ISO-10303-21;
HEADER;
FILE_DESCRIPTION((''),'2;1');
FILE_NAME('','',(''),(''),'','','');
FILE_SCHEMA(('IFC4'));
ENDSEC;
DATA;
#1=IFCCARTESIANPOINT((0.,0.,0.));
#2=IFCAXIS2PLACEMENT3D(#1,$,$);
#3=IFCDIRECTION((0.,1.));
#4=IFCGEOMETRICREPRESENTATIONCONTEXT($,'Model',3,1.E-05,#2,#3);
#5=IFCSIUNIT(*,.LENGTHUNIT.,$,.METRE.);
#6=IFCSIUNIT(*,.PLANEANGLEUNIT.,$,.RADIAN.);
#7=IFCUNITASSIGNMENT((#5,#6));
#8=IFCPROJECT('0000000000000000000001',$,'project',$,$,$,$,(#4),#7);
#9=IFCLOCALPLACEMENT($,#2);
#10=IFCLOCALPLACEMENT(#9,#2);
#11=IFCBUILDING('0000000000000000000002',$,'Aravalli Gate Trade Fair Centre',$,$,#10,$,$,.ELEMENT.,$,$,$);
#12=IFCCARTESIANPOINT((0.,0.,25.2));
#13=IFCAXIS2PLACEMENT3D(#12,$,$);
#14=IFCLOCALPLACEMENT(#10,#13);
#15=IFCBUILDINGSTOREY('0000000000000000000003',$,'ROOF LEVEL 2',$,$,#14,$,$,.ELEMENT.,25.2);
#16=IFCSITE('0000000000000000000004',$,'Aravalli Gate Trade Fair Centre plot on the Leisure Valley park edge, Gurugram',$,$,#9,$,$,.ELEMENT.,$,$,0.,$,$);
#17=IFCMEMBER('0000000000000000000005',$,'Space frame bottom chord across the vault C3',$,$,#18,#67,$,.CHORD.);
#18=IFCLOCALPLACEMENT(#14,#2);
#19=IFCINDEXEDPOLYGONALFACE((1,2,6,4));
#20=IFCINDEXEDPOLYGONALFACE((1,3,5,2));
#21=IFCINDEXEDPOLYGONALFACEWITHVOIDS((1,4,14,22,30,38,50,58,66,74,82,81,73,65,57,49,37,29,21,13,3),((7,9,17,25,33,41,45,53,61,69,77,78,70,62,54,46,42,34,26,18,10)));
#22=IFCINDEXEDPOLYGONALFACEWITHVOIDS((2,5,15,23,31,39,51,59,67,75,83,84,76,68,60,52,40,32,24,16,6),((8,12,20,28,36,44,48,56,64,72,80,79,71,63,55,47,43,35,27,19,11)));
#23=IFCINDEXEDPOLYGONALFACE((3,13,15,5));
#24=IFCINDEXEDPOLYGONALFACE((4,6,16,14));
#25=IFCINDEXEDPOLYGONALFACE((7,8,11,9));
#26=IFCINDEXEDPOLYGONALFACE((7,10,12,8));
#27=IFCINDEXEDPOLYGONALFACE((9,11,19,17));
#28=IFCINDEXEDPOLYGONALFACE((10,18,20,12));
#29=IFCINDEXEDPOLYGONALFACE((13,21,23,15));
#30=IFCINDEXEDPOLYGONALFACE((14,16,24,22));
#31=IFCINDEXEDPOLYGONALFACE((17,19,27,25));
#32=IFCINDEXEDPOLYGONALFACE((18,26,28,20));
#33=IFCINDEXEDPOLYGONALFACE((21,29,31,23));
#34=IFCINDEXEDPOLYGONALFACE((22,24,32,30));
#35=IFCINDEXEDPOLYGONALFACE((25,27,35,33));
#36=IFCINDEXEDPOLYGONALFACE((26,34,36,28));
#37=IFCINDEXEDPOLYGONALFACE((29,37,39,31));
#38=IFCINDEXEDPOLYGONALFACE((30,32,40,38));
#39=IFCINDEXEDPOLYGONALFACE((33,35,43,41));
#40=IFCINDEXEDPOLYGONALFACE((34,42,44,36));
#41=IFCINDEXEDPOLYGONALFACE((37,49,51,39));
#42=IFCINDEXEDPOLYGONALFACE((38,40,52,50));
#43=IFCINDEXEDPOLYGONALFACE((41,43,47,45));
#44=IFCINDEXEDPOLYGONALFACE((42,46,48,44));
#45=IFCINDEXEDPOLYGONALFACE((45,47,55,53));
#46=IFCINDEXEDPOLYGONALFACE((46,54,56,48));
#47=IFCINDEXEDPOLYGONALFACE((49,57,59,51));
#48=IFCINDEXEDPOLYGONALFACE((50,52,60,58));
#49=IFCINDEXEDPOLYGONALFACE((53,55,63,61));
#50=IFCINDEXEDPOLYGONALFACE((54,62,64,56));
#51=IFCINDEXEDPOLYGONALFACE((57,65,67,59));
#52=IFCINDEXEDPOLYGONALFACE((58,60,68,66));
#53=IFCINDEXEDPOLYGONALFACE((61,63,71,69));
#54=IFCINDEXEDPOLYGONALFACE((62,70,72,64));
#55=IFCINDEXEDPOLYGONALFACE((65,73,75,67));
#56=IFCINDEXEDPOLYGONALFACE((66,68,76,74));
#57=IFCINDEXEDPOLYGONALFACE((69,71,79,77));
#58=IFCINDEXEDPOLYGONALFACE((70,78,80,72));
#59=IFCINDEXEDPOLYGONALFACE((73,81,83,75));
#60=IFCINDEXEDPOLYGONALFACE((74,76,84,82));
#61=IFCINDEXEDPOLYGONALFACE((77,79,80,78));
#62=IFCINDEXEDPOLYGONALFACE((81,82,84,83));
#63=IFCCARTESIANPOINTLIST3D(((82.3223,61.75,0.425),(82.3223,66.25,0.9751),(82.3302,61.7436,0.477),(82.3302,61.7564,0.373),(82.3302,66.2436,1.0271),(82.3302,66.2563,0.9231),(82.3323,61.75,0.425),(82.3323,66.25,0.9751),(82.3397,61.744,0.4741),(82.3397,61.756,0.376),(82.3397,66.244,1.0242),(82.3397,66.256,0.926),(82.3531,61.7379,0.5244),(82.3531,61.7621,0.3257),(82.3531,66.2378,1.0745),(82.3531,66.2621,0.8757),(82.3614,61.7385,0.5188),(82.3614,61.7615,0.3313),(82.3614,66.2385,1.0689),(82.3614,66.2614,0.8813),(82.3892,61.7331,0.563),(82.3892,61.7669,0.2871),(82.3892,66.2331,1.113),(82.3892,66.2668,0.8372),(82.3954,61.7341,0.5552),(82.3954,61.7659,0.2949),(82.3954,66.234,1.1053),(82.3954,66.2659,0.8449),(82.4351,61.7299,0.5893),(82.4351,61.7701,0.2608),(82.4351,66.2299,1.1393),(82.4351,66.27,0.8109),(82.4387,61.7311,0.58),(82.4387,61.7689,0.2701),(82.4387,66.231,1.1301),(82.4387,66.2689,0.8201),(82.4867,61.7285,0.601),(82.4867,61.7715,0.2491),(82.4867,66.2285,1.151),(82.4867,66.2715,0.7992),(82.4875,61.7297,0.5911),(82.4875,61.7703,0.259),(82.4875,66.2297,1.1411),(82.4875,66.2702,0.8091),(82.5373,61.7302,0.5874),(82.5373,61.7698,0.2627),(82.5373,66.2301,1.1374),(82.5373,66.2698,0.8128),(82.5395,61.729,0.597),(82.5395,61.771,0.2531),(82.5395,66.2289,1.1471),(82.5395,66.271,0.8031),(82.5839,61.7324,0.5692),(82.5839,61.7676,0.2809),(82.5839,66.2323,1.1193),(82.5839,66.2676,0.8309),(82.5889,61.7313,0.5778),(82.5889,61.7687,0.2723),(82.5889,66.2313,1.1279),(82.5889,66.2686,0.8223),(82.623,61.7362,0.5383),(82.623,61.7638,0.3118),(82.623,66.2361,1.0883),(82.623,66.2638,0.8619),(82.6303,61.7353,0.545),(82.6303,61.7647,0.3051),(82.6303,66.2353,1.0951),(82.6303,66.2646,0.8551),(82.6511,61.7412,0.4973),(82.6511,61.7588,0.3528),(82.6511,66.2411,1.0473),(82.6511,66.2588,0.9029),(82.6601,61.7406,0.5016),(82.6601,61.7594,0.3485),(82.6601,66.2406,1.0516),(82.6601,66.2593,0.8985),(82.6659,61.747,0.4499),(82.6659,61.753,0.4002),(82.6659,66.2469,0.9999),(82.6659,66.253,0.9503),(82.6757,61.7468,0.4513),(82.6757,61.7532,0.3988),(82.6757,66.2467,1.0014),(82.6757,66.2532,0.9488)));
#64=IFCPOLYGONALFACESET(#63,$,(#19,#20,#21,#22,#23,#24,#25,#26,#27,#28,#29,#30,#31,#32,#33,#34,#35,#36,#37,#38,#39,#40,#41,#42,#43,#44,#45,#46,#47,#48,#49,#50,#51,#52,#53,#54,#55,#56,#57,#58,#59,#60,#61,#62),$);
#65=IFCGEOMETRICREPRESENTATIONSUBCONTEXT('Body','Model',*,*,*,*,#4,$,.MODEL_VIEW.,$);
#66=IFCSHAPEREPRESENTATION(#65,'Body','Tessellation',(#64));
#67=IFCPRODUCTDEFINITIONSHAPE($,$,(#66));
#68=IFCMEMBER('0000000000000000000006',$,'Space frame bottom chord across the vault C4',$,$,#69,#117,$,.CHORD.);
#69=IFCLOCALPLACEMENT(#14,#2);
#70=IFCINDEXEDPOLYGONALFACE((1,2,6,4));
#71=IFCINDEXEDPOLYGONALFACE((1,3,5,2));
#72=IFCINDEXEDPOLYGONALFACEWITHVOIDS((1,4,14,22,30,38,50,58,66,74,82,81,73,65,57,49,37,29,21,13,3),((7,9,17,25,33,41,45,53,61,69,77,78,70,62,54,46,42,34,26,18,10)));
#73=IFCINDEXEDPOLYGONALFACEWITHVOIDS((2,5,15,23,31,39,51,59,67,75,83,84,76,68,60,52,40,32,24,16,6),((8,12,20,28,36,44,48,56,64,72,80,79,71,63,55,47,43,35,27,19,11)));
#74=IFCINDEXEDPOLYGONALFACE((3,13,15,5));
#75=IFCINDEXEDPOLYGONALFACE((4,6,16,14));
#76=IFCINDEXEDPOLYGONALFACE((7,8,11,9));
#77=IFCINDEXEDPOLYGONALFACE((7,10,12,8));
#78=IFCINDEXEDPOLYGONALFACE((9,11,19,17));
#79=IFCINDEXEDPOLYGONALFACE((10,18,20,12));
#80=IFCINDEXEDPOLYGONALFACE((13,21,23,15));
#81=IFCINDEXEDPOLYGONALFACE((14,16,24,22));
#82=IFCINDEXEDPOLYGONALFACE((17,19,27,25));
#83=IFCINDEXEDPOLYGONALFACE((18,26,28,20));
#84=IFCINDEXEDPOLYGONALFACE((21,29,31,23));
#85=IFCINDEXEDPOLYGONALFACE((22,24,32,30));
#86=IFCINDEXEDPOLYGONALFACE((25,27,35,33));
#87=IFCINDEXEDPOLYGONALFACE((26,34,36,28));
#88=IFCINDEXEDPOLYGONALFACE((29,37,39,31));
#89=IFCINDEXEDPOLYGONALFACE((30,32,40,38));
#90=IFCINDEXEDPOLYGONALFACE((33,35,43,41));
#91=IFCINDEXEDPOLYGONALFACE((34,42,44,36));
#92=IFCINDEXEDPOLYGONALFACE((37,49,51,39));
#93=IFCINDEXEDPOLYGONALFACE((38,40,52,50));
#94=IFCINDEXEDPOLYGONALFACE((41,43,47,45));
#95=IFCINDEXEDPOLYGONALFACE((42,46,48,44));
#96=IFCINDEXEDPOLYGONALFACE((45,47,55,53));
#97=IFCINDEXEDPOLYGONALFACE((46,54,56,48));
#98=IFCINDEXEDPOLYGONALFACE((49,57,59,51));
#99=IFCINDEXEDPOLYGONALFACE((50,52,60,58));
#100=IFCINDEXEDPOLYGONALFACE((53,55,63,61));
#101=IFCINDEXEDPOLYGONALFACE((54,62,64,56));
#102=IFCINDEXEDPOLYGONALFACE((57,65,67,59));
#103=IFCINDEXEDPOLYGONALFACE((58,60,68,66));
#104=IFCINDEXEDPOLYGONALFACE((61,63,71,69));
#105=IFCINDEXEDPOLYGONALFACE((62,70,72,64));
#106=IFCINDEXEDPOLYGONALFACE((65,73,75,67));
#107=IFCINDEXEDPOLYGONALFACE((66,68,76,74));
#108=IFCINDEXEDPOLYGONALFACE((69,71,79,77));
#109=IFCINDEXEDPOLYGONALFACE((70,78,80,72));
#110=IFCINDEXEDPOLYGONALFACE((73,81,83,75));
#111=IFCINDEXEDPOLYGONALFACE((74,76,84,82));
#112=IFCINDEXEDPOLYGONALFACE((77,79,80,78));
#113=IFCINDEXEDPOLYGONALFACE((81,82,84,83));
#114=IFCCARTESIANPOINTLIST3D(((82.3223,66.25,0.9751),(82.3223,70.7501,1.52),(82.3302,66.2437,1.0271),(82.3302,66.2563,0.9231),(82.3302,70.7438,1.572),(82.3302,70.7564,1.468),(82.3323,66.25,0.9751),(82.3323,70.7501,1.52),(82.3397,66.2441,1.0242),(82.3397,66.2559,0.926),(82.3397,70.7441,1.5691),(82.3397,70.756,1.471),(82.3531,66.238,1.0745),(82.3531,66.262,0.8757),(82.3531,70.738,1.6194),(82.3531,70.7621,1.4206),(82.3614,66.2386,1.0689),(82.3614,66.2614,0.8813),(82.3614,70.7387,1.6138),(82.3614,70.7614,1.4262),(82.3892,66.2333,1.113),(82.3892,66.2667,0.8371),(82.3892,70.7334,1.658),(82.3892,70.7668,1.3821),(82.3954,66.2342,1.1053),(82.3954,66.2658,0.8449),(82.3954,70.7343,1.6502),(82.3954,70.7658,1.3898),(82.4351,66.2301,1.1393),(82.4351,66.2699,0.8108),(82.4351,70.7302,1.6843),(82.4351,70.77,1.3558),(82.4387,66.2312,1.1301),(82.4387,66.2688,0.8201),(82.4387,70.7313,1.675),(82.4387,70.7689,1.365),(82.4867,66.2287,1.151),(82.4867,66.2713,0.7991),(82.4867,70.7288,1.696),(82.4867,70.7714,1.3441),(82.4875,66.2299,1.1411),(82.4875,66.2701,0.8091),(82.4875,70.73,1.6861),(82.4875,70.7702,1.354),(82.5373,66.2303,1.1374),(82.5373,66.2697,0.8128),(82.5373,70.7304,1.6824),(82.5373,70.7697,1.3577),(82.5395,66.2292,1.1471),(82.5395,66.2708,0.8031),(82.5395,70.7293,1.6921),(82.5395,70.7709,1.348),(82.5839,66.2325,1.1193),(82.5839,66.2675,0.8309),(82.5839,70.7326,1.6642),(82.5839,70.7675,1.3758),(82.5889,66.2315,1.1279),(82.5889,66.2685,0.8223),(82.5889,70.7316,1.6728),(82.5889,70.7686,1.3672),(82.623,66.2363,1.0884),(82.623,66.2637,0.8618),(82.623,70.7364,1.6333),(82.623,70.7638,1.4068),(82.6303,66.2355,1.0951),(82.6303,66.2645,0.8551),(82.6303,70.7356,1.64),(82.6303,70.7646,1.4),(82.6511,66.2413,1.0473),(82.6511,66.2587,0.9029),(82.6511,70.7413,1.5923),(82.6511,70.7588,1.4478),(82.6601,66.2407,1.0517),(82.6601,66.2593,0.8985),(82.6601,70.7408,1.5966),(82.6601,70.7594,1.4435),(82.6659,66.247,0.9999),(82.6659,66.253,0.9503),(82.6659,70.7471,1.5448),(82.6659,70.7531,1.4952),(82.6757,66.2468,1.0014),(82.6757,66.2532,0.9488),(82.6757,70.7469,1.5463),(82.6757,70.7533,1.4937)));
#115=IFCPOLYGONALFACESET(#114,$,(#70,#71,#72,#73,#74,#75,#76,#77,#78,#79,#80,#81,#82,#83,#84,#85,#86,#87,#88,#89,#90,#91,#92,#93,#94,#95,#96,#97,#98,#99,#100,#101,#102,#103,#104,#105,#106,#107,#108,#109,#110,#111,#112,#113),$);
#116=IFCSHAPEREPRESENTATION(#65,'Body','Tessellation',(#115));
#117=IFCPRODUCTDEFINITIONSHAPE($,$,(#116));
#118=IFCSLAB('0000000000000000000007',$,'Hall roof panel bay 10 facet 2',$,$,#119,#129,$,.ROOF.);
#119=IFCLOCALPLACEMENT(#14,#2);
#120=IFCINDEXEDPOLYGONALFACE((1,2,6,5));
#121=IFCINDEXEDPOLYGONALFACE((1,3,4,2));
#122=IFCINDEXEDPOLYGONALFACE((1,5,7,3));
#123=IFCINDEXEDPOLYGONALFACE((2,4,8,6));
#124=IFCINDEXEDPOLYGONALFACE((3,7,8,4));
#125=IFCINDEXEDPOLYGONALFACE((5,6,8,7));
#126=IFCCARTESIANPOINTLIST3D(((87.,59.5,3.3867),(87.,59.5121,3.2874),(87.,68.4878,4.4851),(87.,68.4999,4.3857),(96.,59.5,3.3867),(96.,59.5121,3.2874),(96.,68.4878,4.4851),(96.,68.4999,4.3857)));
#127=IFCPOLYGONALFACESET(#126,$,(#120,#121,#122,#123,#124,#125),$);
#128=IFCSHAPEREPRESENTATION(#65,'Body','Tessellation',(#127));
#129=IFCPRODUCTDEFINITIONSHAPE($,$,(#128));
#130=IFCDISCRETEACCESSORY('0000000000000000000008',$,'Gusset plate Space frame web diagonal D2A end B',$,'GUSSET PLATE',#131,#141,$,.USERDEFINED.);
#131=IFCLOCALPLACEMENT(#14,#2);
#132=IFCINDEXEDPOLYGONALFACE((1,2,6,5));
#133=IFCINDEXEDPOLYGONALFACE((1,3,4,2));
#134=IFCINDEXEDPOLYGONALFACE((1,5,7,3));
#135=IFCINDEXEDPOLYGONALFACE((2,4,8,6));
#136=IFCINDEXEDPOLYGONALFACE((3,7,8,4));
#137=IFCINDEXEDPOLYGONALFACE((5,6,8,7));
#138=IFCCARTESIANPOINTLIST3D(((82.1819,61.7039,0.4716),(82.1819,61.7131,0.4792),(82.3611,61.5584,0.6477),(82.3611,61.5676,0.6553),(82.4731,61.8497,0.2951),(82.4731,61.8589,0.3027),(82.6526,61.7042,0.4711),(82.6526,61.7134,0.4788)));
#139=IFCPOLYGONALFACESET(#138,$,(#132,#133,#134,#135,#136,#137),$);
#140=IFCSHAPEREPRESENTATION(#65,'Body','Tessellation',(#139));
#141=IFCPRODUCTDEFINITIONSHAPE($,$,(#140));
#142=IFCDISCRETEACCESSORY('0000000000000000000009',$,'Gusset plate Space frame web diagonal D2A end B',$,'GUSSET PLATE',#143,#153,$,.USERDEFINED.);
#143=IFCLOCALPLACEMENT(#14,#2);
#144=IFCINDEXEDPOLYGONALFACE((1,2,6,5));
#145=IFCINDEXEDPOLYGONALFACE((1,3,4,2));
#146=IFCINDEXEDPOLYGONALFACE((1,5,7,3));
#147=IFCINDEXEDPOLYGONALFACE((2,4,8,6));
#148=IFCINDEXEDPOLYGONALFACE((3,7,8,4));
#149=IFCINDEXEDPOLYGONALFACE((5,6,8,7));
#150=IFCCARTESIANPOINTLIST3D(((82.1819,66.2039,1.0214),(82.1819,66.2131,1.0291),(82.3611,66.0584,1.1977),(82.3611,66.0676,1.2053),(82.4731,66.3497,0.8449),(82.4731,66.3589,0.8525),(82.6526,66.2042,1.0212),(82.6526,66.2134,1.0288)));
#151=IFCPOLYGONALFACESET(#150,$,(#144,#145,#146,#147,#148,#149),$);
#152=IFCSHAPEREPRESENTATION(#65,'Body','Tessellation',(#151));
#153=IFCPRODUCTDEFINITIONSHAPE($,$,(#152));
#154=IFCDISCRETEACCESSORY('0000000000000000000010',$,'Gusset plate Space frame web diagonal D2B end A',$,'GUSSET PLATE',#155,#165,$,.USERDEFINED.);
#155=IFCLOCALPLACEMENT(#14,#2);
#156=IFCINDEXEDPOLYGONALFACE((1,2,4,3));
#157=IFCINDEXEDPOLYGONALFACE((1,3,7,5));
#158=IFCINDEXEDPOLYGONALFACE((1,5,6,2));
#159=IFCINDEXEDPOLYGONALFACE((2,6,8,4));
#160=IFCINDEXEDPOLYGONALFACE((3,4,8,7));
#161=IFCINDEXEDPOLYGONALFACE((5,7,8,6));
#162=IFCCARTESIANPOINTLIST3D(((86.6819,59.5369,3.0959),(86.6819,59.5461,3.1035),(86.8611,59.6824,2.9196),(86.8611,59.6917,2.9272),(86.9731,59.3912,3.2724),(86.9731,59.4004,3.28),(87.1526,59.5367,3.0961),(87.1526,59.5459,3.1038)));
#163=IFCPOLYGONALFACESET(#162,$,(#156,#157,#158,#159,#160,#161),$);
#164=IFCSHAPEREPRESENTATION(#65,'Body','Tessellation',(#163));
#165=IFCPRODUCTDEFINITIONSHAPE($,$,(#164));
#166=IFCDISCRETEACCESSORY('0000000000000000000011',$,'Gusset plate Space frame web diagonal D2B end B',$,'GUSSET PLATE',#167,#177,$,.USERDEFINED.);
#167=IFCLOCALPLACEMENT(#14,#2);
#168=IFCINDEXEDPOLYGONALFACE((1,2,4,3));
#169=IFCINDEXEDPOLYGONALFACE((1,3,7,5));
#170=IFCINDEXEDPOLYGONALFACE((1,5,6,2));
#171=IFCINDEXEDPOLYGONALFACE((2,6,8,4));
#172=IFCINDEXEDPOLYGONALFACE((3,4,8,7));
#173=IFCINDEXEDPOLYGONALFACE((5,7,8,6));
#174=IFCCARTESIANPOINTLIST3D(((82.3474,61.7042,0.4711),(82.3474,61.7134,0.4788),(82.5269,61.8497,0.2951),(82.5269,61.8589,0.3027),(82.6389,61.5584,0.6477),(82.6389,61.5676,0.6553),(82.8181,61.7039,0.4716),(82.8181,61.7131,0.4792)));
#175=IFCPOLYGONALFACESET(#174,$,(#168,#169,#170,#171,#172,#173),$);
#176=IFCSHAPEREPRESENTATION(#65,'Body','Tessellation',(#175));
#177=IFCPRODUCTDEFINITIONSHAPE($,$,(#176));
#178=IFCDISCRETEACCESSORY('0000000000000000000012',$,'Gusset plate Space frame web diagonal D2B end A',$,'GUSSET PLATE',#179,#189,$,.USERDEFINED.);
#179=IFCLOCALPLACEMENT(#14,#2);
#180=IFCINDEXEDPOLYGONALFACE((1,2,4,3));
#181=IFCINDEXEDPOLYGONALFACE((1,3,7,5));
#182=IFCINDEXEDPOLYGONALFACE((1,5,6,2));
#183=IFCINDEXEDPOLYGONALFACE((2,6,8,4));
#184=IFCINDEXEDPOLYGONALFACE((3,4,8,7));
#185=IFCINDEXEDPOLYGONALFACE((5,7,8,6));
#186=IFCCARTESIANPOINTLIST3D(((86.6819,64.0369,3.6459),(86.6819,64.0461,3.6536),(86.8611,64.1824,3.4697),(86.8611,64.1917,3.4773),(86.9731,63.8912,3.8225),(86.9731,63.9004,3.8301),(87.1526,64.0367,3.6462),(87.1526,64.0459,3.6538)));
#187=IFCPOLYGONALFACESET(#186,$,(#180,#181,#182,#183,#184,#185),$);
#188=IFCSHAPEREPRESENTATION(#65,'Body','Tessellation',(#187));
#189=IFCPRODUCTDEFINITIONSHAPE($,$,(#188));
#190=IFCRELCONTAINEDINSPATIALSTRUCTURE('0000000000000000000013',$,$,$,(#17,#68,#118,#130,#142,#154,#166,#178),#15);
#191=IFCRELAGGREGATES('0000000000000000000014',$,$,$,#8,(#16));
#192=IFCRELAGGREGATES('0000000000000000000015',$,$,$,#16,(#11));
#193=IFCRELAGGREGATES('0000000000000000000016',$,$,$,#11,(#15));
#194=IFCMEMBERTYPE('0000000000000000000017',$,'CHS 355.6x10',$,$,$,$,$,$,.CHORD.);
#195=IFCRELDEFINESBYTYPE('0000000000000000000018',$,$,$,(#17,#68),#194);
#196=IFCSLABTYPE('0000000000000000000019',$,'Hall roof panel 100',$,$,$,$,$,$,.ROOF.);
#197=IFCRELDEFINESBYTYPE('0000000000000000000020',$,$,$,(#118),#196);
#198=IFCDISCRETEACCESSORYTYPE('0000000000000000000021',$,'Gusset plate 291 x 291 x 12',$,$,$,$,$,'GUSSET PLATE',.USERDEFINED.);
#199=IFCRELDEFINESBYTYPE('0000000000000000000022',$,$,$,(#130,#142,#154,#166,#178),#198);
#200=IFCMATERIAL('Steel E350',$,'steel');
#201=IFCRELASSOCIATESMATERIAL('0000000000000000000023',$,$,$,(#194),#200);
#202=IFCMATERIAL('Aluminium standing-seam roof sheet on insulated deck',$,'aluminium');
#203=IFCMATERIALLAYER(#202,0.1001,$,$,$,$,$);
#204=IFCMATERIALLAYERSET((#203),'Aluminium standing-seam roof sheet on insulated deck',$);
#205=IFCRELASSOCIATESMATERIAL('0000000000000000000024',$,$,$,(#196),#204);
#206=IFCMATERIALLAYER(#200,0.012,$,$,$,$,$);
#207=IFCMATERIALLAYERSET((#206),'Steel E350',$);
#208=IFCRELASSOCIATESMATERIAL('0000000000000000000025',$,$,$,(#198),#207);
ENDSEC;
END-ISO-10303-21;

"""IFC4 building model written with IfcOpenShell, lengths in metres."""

from ifc_helpers import new_model, si_unit, direction, frame, origin, origin_2d, place, context, subcontext, project, spatial, polyline, hollow_circle, outline, extrude, material, layer, layer_set, material_profile, profile_set, type_object, element, save


model = new_model("IFC4")

# Units and contexts
model_context = context("Model", 3, precision=1e-05, world=origin(), true_north=direction((0.0, 1.0)))
body_context = subcontext(model_context, "Body", "Model", "MODEL_VIEW")
ifc_project = project(units=[si_unit("LENGTHUNIT", "METRE"), si_unit("PLANEANGLEUNIT", "RADIAN")], contexts=[model_context])

# Site, building, storey
site_placement = place(None, origin())
site = spatial("IfcSite", under=ifc_project, at=site_placement, Name="Aravalli Gate Trade Fair Centre plot on the Leisure Valley park edge, Gurugram", CompositionType="ELEMENT", RefElevation=0.0)
building_placement = place(site_placement, origin())
building = spatial("IfcBuilding", under=site, at=building_placement, Name="Aravalli Gate Trade Fair Centre", CompositionType="ELEMENT")
storey_placement = place(building_placement, frame((0.0, 0.0, 25.2)))
storey = spatial("IfcBuildingStorey", under=building, at=storey_placement, Name="ROOF LEVEL 2", CompositionType="ELEMENT", Elevation=25.2)

# Members
ifc_material_1 = material(Name="Steel E350", Category="steel")
ifc_material_profile_1 = material_profile(ifc_material_1, hollow_circle(Radius=0.1777, WallThickness=0.01, at=origin_2d()), Name="CHS 355.6x10")
ifc_profile_set_1 = profile_set([ifc_material_profile_1], Name="Steel E350")
member_type_1 = type_object("IfcMemberType", Name="CHS 355.6x10", PredefinedType="CHORD", material=ifc_profile_set_1)
member_1_placement = place(storey_placement, frame((82.5, 61.75, 0.425), z_axis=(0.0, 0.992612, 0.12133), x_axis=(-1.0, 0.0, 0.0)))
element("IfcMember", 1, at=member_1_placement, inside=storey, type_object=member_type_1, Name="Space frame bottom chord across the vault C3", PredefinedType="CHORD", context=body_context, shape_type="SweptSolid", body=[
    extrude(hollow_circle(Radius=0.1777, WallThickness=0.01, at=origin_2d()), origin(), (0.0, 0.0, 1.0), 4.5334),
])
member_2_placement = place(storey_placement, frame((82.5, 66.25, 0.9751), z_axis=(0.0, 0.992748, 0.120216), x_axis=(-1.0, 0.0, 0.0)))
element("IfcMember", 2, at=member_2_placement, inside=storey, type_object=member_type_1, Name="Space frame bottom chord across the vault C4", PredefinedType="CHORD", context=body_context, shape_type="SweptSolid", body=[
    extrude(hollow_circle(Radius=0.1777, WallThickness=0.01, at=origin_2d()), origin(), (0.0, 0.0, 1.0), 4.533),
])

# Slab
ifc_material_2 = material(Name="Aluminium standing-seam roof sheet on insulated deck", Category="aluminium")
ifc_layer_1 = layer(ifc_material_2, 0.1001)
ifc_layer_set_1 = layer_set([ifc_layer_1], Name="Aluminium standing-seam roof sheet on insulated deck")
slab_type = type_object("IfcSlabType", Name="Hall roof panel 100", PredefinedType="ROOF", material=ifc_layer_set_1)
slab_placement = place(storey_placement, frame((87.0, 59.5, 3.3867), z_axis=(0.0, -0.121306, 0.992615), x_axis=(1.0, 0.0, 0.0)))
element("IfcSlab", 3, at=slab_placement, inside=storey, type_object=slab_type, Name="Hall roof panel bay 10 facet 2", PredefinedType="ROOF", context=body_context, shape_type="SweptSolid", body=[
    extrude(outline(polyline([(0.0, 0.0), (9.0, 0.0), (9.0, 9.0547), (0.0, 9.0547), (0.0, 0.0)])), origin(), (0.0, 0.0, -1.0), 0.1001),
])

# Discrete accessories
ifc_layer_2 = layer(ifc_material_1, 0.012)
ifc_layer_set_2 = layer_set([ifc_layer_2], Name="Steel E350")
discrete_accessory_type_1 = type_object("IfcDiscreteAccessoryType", Name="Gusset plate 291 x 291 x 12", ElementType="GUSSET PLATE", PredefinedType="USERDEFINED", material=ifc_layer_set_2)
discrete_accessory_1_placement = place(storey_placement, frame((82.1819, 61.7131, 0.4792), z_axis=(0.000261, 0.770887, 0.636972), x_axis=(0.786233, 0.393446, -0.476485)))
element("IfcDiscreteAccessory", 4, at=discrete_accessory_1_placement, inside=storey, type_object=discrete_accessory_type_1, Name="Gusset plate Space frame web diagonal D2A end B", ObjectType="GUSSET PLATE", PredefinedType="USERDEFINED", context=body_context, shape_type="SweptSolid", body=[
    extrude(outline(polyline([(0.0, 0.0), (0.3704, 0.0), (0.3704, -0.2904), (-0.0002, -0.2903), (0.0, 0.0)])), origin(), (0.0, 0.0, -1.0), 0.012),
])
discrete_accessory_2_placement = place(storey_placement, frame((82.1819, 66.2131, 1.0291), z_axis=(-0.00007, 0.771155, 0.636648), x_axis=(0.786233, 0.393446, -0.476485)))
element("IfcDiscreteAccessory", 5, at=discrete_accessory_2_placement, inside=storey, type_object=discrete_accessory_type_1, Name="Gusset plate Space frame web diagonal D2A end B", ObjectType="GUSSET PLATE", PredefinedType="USERDEFINED", context=body_context, shape_type="SweptSolid", body=[
    extrude(outline(polyline([(0.0, 0.0), (0.3704, 0.0), (0.3703, -0.2906), (-0.0003, -0.2904), (0.0, 0.0)])), origin(), (0.0, 0.0, -1.0), 0.012),
])
discrete_accessory_3_placement = place(storey_placement, frame((86.6819, 59.5461, 3.1035), z_axis=(0.00007, 0.771155, 0.636648), x_axis=(0.786233, -0.393446, 0.476485)))
element("IfcDiscreteAccessory", 6, at=discrete_accessory_3_placement, inside=storey, type_object=discrete_accessory_type_1, Name="Gusset plate Space frame web diagonal D2B end A", ObjectType="GUSSET PLATE", PredefinedType="USERDEFINED", context=body_context, shape_type="SweptSolid", body=[
    extrude(outline(polyline([(0.0, 0.0), (0.3704, 0.0), (0.3703, 0.2906), (-0.0003, 0.2904), (0.0, 0.0)])), origin(), (0.0, 0.0, -1.0), 0.012),
])
discrete_accessory_4_placement = place(storey_placement, frame((82.6389, 61.5676, 0.6553), z_axis=(-0.000261, 0.770887, 0.636972), x_axis=(-0.786484, 0.393242, -0.476238)))
element("IfcDiscreteAccessory", 7, at=discrete_accessory_4_placement, inside=storey, type_object=discrete_accessory_type_1, Name="Gusset plate Space frame web diagonal D2B end B", ObjectType="GUSSET PLATE", PredefinedType="USERDEFINED", context=body_context, shape_type="SweptSolid", body=[
    extrude(outline(polyline([(0.0, 0.0), (0.3706, 0.0), (0.3706, -0.2904), (0.0001, -0.2903), (0.0, 0.0)])), origin(), (0.0, 0.0, -1.0), 0.012),
])
discrete_accessory_5_placement = place(storey_placement, frame((86.6819, 64.0461, 3.6536), z_axis=(0.00007, 0.771155, 0.636648), x_axis=(0.786233, -0.393446, 0.476485)))
element("IfcDiscreteAccessory", 8, at=discrete_accessory_5_placement, inside=storey, type_object=discrete_accessory_type_1, Name="Gusset plate Space frame web diagonal D2B end A", ObjectType="GUSSET PLATE", PredefinedType="USERDEFINED", context=body_context, shape_type="SweptSolid", body=[
    extrude(outline(polyline([(0.0, 0.0), (0.3704, 0.0), (0.3703, 0.2906), (-0.0003, 0.2904), (0.0, 0.0)])), origin(), (0.0, 0.0, -1.0), 0.012),
])

save(model, "model.ifc")
